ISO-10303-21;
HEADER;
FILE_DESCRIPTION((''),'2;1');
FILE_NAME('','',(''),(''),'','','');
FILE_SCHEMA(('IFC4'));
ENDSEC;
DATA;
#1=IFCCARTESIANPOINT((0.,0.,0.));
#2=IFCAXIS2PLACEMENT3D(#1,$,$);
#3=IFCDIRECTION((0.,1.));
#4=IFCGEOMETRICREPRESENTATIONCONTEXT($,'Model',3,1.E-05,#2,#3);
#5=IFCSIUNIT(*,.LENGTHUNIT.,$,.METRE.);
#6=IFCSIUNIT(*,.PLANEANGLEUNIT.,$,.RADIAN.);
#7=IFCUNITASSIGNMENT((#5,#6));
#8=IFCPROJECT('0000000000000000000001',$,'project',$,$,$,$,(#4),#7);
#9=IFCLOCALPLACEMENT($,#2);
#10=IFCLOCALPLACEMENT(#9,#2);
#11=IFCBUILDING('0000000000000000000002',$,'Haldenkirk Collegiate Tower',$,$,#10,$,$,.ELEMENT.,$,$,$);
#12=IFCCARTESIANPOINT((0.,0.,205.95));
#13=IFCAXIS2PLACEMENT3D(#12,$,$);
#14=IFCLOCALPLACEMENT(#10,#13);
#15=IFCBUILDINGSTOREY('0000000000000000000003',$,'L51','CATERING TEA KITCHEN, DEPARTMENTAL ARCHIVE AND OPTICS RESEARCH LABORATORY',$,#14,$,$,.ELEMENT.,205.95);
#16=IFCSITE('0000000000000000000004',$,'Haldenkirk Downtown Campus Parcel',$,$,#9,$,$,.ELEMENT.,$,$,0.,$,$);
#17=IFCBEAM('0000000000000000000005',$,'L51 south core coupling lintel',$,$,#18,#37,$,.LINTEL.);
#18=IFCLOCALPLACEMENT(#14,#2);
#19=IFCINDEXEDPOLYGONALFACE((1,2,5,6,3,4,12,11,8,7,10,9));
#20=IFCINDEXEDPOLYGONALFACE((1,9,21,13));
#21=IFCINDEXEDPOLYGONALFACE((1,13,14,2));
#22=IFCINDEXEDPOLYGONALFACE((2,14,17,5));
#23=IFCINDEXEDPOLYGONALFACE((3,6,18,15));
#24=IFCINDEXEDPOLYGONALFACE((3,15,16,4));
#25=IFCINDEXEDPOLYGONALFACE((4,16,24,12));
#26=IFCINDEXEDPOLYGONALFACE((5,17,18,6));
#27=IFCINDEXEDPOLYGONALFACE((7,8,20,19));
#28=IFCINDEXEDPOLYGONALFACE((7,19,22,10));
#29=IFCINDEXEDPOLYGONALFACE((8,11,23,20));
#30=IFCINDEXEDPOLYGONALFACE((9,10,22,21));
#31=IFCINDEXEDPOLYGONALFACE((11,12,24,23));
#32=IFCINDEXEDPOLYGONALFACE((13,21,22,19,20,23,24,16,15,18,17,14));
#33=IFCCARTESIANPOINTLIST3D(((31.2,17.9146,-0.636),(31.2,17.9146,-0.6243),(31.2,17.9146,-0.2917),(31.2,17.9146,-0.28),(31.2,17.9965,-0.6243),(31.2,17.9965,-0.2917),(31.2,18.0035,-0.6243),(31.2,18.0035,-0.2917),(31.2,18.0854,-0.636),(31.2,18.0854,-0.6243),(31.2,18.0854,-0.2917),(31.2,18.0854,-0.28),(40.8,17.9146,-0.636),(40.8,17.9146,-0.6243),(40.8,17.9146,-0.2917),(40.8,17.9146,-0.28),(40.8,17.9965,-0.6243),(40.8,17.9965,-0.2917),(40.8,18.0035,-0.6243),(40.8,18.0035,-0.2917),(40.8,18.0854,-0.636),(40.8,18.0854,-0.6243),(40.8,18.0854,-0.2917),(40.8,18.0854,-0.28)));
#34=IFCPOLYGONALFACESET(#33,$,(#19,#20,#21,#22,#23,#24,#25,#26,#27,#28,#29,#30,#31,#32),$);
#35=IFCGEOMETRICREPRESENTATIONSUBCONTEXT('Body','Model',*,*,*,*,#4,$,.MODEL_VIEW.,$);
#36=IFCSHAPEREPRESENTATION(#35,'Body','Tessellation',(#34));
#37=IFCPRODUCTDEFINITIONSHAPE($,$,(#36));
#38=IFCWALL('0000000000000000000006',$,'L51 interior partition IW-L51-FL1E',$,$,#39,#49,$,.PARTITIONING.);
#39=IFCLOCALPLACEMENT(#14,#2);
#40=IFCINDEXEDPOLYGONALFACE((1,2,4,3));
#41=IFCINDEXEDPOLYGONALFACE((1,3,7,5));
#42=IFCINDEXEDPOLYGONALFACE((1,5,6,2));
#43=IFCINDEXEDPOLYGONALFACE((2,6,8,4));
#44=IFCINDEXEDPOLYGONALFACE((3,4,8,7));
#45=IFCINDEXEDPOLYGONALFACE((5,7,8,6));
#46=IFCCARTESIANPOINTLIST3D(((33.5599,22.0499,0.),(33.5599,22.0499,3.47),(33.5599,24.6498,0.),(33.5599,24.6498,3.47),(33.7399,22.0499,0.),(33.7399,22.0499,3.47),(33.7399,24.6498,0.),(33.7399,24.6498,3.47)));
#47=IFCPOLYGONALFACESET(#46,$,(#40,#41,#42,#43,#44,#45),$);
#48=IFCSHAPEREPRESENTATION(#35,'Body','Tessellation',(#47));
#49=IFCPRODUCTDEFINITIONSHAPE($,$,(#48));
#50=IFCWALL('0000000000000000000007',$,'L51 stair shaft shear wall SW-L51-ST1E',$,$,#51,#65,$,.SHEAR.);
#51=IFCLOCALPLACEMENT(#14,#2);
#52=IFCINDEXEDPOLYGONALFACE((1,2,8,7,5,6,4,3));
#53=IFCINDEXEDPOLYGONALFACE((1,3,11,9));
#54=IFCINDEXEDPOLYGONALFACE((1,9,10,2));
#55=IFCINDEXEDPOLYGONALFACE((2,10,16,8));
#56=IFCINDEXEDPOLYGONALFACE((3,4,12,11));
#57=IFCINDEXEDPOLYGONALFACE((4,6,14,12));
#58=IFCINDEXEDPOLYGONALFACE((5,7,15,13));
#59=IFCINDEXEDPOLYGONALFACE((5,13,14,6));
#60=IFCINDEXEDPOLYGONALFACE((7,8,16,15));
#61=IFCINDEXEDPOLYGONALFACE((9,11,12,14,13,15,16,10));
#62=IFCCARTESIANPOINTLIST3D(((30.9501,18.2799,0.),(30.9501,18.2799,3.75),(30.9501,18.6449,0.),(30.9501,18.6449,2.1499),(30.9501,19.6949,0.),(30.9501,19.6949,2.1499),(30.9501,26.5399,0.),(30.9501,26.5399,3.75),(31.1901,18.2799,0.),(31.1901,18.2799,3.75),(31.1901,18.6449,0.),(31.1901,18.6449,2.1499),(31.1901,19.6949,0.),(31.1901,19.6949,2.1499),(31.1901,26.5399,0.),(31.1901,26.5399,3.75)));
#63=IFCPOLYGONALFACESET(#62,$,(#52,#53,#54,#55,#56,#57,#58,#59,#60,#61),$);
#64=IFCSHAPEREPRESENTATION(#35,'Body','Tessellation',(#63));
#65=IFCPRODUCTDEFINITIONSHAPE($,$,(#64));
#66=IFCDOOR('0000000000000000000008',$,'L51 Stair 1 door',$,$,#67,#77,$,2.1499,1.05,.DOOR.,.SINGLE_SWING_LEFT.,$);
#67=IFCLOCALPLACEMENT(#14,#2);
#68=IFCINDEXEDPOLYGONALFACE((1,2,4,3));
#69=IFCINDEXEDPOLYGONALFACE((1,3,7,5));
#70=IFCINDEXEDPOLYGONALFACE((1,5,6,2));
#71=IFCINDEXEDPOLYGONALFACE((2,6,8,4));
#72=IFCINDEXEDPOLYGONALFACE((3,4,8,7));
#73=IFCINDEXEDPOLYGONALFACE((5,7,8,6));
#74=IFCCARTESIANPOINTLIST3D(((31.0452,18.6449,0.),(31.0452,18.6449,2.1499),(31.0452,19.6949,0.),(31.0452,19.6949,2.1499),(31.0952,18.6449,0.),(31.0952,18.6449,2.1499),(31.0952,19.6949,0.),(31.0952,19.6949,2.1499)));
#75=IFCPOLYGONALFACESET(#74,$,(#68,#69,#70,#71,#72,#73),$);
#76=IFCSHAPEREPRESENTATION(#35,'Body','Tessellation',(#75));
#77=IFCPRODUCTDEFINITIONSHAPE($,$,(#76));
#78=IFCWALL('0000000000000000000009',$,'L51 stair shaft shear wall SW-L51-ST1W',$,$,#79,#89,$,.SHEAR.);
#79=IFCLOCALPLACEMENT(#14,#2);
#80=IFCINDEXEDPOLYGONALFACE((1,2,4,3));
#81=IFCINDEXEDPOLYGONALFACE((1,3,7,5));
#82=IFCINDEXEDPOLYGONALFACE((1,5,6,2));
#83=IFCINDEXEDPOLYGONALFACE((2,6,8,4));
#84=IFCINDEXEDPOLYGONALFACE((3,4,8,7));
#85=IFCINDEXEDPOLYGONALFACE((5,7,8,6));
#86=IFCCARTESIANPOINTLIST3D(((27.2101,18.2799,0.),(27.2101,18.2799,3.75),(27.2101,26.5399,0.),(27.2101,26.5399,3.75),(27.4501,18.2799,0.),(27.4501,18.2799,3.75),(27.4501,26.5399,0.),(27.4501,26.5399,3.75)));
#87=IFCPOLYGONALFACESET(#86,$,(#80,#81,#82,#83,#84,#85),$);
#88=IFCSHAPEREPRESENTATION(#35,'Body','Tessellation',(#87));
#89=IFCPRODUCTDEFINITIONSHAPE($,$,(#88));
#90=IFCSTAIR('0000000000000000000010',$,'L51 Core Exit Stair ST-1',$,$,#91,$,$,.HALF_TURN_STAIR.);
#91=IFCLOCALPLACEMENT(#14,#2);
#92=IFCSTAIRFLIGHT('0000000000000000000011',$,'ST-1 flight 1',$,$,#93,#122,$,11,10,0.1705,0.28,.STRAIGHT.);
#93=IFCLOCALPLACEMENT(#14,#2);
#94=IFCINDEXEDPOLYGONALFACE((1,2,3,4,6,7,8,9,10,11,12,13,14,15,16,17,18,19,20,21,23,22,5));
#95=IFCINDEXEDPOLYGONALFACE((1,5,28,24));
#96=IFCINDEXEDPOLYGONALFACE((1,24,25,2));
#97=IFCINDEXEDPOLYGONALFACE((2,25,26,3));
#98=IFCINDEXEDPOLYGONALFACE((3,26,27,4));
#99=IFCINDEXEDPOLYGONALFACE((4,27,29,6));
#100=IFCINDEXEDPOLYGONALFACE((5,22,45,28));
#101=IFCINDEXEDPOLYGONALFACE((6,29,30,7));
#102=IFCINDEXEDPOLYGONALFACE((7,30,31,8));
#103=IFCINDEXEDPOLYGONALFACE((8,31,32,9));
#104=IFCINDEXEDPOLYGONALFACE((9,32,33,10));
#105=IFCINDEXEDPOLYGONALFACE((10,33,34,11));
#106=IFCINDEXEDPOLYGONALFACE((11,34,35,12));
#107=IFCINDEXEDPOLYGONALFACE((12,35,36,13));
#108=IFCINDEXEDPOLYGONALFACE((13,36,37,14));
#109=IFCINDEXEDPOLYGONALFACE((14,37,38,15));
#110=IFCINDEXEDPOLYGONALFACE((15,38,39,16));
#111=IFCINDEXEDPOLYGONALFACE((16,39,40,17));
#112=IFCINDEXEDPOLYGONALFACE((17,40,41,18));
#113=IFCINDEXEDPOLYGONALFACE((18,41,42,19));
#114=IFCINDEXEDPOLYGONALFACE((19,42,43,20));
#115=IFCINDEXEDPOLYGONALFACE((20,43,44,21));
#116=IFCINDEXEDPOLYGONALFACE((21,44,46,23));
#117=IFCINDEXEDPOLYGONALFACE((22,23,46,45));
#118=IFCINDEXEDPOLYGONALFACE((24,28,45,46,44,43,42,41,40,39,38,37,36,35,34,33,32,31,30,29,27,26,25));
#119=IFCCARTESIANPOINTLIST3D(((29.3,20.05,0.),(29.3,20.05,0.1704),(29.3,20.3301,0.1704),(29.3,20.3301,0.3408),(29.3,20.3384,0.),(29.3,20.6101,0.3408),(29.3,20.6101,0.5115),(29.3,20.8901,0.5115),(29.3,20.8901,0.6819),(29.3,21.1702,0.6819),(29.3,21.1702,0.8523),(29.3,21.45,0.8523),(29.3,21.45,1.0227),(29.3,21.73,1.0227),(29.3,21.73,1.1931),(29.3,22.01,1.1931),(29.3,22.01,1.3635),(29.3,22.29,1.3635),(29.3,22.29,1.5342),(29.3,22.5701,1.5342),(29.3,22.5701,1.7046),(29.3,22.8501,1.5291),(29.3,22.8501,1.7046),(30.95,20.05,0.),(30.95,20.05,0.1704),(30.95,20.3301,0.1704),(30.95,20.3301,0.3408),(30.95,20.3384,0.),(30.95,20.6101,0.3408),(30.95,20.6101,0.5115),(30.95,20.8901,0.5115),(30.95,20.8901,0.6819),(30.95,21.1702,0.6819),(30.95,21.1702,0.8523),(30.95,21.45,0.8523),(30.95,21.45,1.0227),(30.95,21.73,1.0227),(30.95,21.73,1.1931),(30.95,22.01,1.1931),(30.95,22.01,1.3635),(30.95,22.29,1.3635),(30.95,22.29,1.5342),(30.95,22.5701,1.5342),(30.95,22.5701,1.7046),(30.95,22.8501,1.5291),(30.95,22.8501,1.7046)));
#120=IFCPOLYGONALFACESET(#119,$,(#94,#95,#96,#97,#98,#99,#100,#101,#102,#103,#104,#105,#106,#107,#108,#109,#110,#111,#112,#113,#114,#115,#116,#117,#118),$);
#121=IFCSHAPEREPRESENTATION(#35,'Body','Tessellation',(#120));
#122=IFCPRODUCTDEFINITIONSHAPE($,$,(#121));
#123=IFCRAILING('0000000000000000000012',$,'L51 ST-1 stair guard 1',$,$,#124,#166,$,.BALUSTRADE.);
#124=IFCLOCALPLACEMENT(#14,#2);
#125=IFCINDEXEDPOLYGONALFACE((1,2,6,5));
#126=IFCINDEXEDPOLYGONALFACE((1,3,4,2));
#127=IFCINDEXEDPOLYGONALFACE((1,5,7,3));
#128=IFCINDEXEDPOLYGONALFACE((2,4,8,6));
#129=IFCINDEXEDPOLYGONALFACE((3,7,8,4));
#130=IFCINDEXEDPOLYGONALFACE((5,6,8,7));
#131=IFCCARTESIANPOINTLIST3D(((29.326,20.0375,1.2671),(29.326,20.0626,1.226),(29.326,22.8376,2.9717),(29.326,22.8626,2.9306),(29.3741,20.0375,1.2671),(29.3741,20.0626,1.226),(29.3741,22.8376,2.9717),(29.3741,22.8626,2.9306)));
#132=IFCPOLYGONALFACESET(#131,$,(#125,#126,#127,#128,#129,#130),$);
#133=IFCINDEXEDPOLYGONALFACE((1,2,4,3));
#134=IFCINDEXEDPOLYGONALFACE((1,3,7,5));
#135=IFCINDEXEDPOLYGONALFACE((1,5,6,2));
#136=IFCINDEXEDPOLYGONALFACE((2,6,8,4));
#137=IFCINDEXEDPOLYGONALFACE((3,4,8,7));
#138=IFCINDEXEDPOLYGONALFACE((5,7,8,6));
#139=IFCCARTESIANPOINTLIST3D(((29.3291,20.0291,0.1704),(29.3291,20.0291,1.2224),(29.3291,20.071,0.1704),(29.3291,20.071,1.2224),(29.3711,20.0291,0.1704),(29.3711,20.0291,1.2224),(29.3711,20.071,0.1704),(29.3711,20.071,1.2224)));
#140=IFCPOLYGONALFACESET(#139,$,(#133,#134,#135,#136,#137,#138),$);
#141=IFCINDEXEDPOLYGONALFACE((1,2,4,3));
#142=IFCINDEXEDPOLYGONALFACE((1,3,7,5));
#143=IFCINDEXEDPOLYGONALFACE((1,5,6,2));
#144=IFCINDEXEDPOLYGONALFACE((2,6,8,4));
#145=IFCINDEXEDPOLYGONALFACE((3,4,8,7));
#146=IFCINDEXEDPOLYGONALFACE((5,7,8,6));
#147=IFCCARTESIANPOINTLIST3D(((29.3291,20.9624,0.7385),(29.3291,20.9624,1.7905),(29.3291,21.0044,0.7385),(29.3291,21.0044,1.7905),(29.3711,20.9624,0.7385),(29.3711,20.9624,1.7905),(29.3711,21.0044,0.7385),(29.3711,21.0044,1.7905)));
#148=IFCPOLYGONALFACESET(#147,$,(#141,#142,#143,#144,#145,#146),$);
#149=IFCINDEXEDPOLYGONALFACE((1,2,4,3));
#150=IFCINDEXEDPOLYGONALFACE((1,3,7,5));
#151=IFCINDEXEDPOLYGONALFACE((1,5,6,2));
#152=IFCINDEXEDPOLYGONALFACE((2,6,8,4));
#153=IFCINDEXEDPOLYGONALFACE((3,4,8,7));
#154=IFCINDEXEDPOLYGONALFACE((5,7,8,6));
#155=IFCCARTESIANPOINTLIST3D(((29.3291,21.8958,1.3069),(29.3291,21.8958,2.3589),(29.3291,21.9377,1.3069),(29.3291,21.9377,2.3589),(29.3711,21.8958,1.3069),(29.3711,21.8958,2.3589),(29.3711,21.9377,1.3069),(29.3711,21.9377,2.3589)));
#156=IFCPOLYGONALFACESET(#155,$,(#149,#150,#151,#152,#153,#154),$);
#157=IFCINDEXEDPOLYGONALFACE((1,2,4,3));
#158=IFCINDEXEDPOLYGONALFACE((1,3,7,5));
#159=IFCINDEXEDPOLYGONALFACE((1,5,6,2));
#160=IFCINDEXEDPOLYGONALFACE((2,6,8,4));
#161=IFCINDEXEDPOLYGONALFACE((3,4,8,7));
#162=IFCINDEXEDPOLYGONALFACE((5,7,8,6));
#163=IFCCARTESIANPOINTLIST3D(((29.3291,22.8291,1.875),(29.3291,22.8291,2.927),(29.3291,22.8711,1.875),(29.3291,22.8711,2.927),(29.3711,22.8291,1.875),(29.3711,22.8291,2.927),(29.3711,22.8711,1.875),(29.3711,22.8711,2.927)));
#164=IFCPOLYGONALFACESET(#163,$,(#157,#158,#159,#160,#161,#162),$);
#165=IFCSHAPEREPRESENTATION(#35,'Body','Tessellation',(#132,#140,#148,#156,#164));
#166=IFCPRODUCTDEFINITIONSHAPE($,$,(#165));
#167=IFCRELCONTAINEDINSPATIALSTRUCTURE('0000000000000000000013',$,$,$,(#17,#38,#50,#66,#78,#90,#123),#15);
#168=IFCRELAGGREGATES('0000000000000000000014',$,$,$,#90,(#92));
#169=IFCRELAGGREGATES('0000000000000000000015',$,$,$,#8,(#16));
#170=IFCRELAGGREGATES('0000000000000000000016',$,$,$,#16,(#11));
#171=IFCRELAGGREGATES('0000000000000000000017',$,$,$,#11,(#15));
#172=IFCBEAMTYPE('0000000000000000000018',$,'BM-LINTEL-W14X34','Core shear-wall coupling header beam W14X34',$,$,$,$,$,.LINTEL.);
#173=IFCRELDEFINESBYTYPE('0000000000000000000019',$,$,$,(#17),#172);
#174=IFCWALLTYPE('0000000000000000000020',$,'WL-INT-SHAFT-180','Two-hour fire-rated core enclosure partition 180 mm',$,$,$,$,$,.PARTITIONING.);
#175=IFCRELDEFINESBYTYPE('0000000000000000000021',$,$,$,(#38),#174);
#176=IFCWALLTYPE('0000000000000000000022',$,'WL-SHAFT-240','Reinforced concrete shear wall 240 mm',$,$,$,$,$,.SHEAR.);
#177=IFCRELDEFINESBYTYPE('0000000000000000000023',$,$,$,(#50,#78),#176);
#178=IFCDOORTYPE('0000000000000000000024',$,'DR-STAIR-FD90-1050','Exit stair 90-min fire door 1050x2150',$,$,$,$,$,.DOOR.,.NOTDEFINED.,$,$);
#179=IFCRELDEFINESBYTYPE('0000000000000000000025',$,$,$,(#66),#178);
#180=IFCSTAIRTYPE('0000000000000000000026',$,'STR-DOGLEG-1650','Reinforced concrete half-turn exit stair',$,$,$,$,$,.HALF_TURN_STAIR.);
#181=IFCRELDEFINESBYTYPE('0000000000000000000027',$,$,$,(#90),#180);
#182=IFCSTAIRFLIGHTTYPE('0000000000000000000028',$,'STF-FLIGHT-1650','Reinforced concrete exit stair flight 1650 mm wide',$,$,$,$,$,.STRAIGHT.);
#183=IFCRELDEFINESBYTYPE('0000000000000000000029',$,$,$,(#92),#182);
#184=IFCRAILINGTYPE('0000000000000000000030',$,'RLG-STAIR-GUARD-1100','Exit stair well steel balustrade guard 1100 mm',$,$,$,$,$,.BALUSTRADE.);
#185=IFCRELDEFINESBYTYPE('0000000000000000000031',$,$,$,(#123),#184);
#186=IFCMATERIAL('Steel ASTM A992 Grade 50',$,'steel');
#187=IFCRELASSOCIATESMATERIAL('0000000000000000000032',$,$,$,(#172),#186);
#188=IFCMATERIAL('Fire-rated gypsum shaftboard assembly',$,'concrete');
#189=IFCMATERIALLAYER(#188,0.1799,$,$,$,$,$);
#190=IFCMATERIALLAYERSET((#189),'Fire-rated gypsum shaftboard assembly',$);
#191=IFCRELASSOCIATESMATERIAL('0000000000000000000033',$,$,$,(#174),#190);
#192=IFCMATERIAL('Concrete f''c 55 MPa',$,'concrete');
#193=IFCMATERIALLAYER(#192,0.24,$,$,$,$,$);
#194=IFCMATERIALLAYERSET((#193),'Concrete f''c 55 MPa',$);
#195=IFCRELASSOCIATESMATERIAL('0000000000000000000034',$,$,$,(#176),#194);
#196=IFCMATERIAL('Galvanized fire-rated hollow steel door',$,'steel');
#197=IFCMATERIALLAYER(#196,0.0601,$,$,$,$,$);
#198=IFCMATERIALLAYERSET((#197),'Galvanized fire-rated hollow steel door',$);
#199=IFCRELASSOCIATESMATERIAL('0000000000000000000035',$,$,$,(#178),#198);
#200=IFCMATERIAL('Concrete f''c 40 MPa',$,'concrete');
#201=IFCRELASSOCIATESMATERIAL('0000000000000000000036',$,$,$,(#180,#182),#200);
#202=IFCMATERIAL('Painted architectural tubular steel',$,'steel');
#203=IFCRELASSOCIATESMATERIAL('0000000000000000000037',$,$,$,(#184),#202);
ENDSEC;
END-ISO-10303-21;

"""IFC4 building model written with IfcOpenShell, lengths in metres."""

from ifc_helpers import new_model, si_unit, direction, frame, frame_2d, origin, origin_2d, place, context, subcontext, project, spatial, polyline, rectangle, i_section, outline, extrude, material, layer, layer_set, material_profile, profile_set, type_object, element, fill, aggregate, save


model = new_model("IFC4")

# Units and contexts
model_context = context("Model", 3, precision=1e-05, world=origin(), true_north=direction((0.0, 1.0)))
body_context = subcontext(model_context, "Body", "Model", "MODEL_VIEW")
ifc_project = project(units=[si_unit("LENGTHUNIT", "METRE"), si_unit("PLANEANGLEUNIT", "RADIAN")], contexts=[model_context])

# Site, building, storey
site_placement = place(None, origin())
site = spatial("IfcSite", under=ifc_project, at=site_placement, Name="Haldenkirk Downtown Campus Parcel", CompositionType="ELEMENT", RefElevation=0.0)
building_placement = place(site_placement, origin())
building = spatial("IfcBuilding", under=site, at=building_placement, Name="Haldenkirk Collegiate Tower", CompositionType="ELEMENT")
storey_placement = place(building_placement, frame((0.0, 0.0, 205.95)))
storey = spatial("IfcBuildingStorey", under=building, at=storey_placement, Name="L51", Description="CATERING TEA KITCHEN, DEPARTMENTAL ARCHIVE AND OPTICS RESEARCH LABORATORY", CompositionType="ELEMENT", Elevation=205.95)

# Beam
ifc_material_1 = material(Name="Steel ASTM A992 Grade 50", Category="steel")
ifc_material_profile = material_profile(ifc_material_1, i_section(OverallWidth=0.1709, OverallDepth=0.356, WebThickness=0.0071, FlangeThickness=0.0117, at=origin_2d()), Name="W14X34")
ifc_profile_set = profile_set([ifc_material_profile], Name="Steel ASTM A992 Grade 50")
beam_type = type_object("IfcBeamType", Name="BM-LINTEL-W14X34", Description="Core shear-wall coupling header beam W14X34", PredefinedType="LINTEL", material=ifc_profile_set)
beam_placement = place(storey_placement, frame((31.2, 18.0, -0.458), z_axis=(1.0, 0.0, 0.0), x_axis=(0.0, 1.0, 0.0)))
element("IfcBeam", 1, at=beam_placement, inside=storey, type_object=beam_type, Name="L51 south core coupling lintel", PredefinedType="LINTEL", context=body_context, shape_type="SweptSolid", body=[
    extrude(i_section(OverallWidth=0.1709, OverallDepth=0.356, WebThickness=0.0071, FlangeThickness=0.0117, at=origin_2d()), origin(), (0.0, 0.0, 1.0), 9.6001),
])

# Wall
ifc_material_2 = material(Name="Fire-rated gypsum shaftboard assembly", Category="concrete")
ifc_layer_1 = layer(ifc_material_2, 0.1799)
ifc_layer_set_1 = layer_set([ifc_layer_1], Name="Fire-rated gypsum shaftboard assembly")
wall_type_1 = type_object("IfcWallType", Name="WL-INT-SHAFT-180", Description="Two-hour fire-rated core enclosure partition 180 mm", PredefinedType="PARTITIONING", material=ifc_layer_set_1)
wall_1_placement = place(storey_placement, frame((33.6499, 22.05, 0.0), z_axis=(0.0, 0.0, 1.0), x_axis=(0.0, 1.0, 0.0)))
element("IfcWall", 2, at=wall_1_placement, inside=storey, type_object=wall_type_1, Name="L51 interior partition IW-L51-FL1E", PredefinedType="PARTITIONING", context=body_context, shape_type="SweptSolid", body=[
    extrude(rectangle(XDim=2.5999, YDim=0.1799, at=frame_2d((1.2998, 0.0))), origin(), (0.0, 0.0, 1.0), 3.47),
])

# Shared definitions
ifc_material_3 = material(Name="Galvanized fire-rated hollow steel door", Category="steel")

# Wall, opening, door
ifc_material_4 = material(Name="Concrete f'c 55 MPa", Category="concrete")
ifc_layer_2 = layer(ifc_material_4, 0.24)
ifc_layer_set_2 = layer_set([ifc_layer_2], Name="Concrete f'c 55 MPa")
wall_type_2 = type_object("IfcWallType", Name="WL-SHAFT-240", Description="Reinforced concrete shear wall 240 mm", PredefinedType="SHEAR", material=ifc_layer_set_2)
wall_2_placement = place(storey_placement, frame((31.0701, 18.28, 0.0), z_axis=(0.0, 0.0, 1.0), x_axis=(0.0, 1.0, 0.0)))
wall_2 = element("IfcWall", 3, at=wall_2_placement, inside=storey, type_object=wall_type_2, Name="L51 stair shaft shear wall SW-L51-ST1E", PredefinedType="SHEAR", context=body_context, shape_type="SweptSolid", body=[
    extrude(rectangle(XDim=8.26, YDim=0.24, at=frame_2d((4.1299, 0.0))), origin(), (0.0, 0.0, 1.0), 3.75),
])
opening_1_placement = place(wall_2_placement, frame((0.365, 0.0, 0.0)))
opening_1 = element("IfcOpeningElement", 4, at=opening_1_placement, cuts=wall_2, PredefinedType="OPENING", context=body_context, shape_type="SweptSolid", body=[
    extrude(rectangle(XDim=1.05, YDim=2.1499, at=frame_2d((0.5249, 1.075))), frame((0.0, 0.1299, 0.0), z_axis=(0.0, -1.0, 0.0), x_axis=(1.0, 0.0, 0.0)), (0.0, 0.0, 1.0), 0.26),
])
ifc_layer_3 = layer(ifc_material_3, 0.0601)
ifc_layer_set_3 = layer_set([ifc_layer_3], Name="Galvanized fire-rated hollow steel door")
door_type_1 = type_object("IfcDoorType", Name="DR-STAIR-FD90-1050", Description="Exit stair 90-min fire door 1050x2150", OperationType="NOTDEFINED", PredefinedType="DOOR", material=ifc_layer_set_3)
door_1_placement = place(opening_1_placement, origin())
door_1 = element("IfcDoor", 5, at=door_1_placement, inside=storey, type_object=door_type_1, Name="L51 Stair 1 door", OperationType="SINGLE_SWING_LEFT", OverallHeight=2.1499, OverallWidth=1.05, PredefinedType="DOOR", context=body_context, shape_type="SweptSolid", body=[
    extrude(rectangle(XDim=1.05, YDim=2.1499, at=frame_2d((0.5249, 1.075))), frame((0.0, 0.0249, 0.0), z_axis=(0.0, -1.0, 0.0), x_axis=(1.0, 0.0, 0.0)), (0.0, 0.0, 1.0), 0.05),
])
fill(opening_1, door_1)

# Wall
wall_3_placement = place(storey_placement, frame((27.3301, 18.28, 0.0), z_axis=(0.0, 0.0, 1.0), x_axis=(0.0, 1.0, 0.0)))
element("IfcWall", 6, at=wall_3_placement, inside=storey, type_object=wall_type_2, Name="L51 stair shaft shear wall SW-L51-ST1W", PredefinedType="SHEAR", context=body_context, shape_type="SweptSolid", body=[
    extrude(rectangle(XDim=8.26, YDim=0.24, at=frame_2d((4.1299, 0.0))), origin(), (0.0, 0.0, 1.0), 3.75),
])

# Stair, stair flight
ifc_material_5 = material(Name="Concrete f'c 40 MPa", Category="concrete")
stair_type = type_object("IfcStairType", Name="STR-DOGLEG-1650", Description="Reinforced concrete half-turn exit stair", PredefinedType="HALF_TURN_STAIR", material=ifc_material_5)
stair_placement = place(storey_placement, origin())
stair = element("IfcStair", 7, at=stair_placement, inside=storey, type_object=stair_type, Name="L51 Core Exit Stair ST-1", PredefinedType="HALF_TURN_STAIR")
stair_flight_type = type_object("IfcStairFlightType", Name="STF-FLIGHT-1650", Description="Reinforced concrete exit stair flight 1650 mm wide", PredefinedType="STRAIGHT", material=ifc_material_5)
stair_flight_placement = place(storey_placement, frame((30.125, 20.05, 0.0), z_axis=(0.0, 0.0, 1.0), x_axis=(0.0, 1.0, 0.0)))
stair_flight = element("IfcStairFlight", 8, at=stair_flight_placement, type_object=stair_flight_type, Name="ST-1 flight 1", NumberOfRisers=11, NumberOfTreads=10, PredefinedType="STRAIGHT", RiserHeight=0.1705, TreadLength=0.28, context=body_context, shape_type="SweptSolid", body=[
    extrude(outline(polyline([(0.0, 0.0), (0.0, 0.1704), (0.28, 0.1704), (0.28, 0.3408), (0.5601, 0.3408), (0.5601, 0.5115), (0.8401, 0.5115), (0.8401, 0.6819), (1.1201, 0.6819), (1.1201, 0.8523), (1.3999, 0.8523), (1.3999, 1.0227), (1.6799, 1.0227), (1.6799, 1.1931), (1.96, 1.1931), (1.96, 1.3635), (2.24, 1.3635), (2.24, 1.5342), (2.52, 1.5342), (2.52, 1.7046), (2.8, 1.7046), (2.8, 1.875), (2.8, 1.5291), (0.2883, 0.0), (0.0, 0.0)])), frame((0.0, 0.825, 0.0), z_axis=(0.0, -1.0, 0.0), x_axis=(1.0, 0.0, 0.0)), (0.0, 0.0, 1.0), 1.6499),
])
aggregate(stair, [stair_flight])

# Railing
ifc_material_6 = material(Name="Painted architectural tubular steel", Category="steel")
railing_type_1 = type_object("IfcRailingType", Name="RLG-STAIR-GUARD-1100", Description="Exit stair well steel balustrade guard 1100 mm", PredefinedType="BALUSTRADE", material=ifc_material_6)
railing_1_placement = place(storey_placement, frame((29.3501, 20.05, 0.1704)))
element("IfcRailing", 9, at=railing_1_placement, inside=storey, type_object=railing_type_1, Name="L51 ST-1 stair guard 1", PredefinedType="BALUSTRADE", context=body_context, shape_type="SweptSolid", body=[
    extrude(rectangle(XDim=0.0481, YDim=0.0481, at=origin_2d()), frame((0.0, 0.0, 1.0762), z_axis=(0.0, 0.85417, 0.519994), x_axis=(-1.0, 0.0, 0.0)), (0.0, 0.0, 1.0), 3.2781),
    extrude(rectangle(XDim=0.042, YDim=0.042, at=origin_2d()), origin(), (0.0, 0.0, 1.0), 1.052),
    extrude(rectangle(XDim=0.042, YDim=0.042, at=origin_2d()), frame((0.0, 0.9333, 0.5681)), (0.0, 0.0, 1.0), 1.052),
    extrude(rectangle(XDim=0.042, YDim=0.042, at=origin_2d()), frame((0.0, 1.8667, 1.1365)), (0.0, 0.0, 1.0), 1.052),
    extrude(rectangle(XDim=0.042, YDim=0.042, at=origin_2d()), frame((0.0, 2.8, 1.7046)), (0.0, 0.0, 1.0), 1.052),
])

save(model, "model.ifc")
